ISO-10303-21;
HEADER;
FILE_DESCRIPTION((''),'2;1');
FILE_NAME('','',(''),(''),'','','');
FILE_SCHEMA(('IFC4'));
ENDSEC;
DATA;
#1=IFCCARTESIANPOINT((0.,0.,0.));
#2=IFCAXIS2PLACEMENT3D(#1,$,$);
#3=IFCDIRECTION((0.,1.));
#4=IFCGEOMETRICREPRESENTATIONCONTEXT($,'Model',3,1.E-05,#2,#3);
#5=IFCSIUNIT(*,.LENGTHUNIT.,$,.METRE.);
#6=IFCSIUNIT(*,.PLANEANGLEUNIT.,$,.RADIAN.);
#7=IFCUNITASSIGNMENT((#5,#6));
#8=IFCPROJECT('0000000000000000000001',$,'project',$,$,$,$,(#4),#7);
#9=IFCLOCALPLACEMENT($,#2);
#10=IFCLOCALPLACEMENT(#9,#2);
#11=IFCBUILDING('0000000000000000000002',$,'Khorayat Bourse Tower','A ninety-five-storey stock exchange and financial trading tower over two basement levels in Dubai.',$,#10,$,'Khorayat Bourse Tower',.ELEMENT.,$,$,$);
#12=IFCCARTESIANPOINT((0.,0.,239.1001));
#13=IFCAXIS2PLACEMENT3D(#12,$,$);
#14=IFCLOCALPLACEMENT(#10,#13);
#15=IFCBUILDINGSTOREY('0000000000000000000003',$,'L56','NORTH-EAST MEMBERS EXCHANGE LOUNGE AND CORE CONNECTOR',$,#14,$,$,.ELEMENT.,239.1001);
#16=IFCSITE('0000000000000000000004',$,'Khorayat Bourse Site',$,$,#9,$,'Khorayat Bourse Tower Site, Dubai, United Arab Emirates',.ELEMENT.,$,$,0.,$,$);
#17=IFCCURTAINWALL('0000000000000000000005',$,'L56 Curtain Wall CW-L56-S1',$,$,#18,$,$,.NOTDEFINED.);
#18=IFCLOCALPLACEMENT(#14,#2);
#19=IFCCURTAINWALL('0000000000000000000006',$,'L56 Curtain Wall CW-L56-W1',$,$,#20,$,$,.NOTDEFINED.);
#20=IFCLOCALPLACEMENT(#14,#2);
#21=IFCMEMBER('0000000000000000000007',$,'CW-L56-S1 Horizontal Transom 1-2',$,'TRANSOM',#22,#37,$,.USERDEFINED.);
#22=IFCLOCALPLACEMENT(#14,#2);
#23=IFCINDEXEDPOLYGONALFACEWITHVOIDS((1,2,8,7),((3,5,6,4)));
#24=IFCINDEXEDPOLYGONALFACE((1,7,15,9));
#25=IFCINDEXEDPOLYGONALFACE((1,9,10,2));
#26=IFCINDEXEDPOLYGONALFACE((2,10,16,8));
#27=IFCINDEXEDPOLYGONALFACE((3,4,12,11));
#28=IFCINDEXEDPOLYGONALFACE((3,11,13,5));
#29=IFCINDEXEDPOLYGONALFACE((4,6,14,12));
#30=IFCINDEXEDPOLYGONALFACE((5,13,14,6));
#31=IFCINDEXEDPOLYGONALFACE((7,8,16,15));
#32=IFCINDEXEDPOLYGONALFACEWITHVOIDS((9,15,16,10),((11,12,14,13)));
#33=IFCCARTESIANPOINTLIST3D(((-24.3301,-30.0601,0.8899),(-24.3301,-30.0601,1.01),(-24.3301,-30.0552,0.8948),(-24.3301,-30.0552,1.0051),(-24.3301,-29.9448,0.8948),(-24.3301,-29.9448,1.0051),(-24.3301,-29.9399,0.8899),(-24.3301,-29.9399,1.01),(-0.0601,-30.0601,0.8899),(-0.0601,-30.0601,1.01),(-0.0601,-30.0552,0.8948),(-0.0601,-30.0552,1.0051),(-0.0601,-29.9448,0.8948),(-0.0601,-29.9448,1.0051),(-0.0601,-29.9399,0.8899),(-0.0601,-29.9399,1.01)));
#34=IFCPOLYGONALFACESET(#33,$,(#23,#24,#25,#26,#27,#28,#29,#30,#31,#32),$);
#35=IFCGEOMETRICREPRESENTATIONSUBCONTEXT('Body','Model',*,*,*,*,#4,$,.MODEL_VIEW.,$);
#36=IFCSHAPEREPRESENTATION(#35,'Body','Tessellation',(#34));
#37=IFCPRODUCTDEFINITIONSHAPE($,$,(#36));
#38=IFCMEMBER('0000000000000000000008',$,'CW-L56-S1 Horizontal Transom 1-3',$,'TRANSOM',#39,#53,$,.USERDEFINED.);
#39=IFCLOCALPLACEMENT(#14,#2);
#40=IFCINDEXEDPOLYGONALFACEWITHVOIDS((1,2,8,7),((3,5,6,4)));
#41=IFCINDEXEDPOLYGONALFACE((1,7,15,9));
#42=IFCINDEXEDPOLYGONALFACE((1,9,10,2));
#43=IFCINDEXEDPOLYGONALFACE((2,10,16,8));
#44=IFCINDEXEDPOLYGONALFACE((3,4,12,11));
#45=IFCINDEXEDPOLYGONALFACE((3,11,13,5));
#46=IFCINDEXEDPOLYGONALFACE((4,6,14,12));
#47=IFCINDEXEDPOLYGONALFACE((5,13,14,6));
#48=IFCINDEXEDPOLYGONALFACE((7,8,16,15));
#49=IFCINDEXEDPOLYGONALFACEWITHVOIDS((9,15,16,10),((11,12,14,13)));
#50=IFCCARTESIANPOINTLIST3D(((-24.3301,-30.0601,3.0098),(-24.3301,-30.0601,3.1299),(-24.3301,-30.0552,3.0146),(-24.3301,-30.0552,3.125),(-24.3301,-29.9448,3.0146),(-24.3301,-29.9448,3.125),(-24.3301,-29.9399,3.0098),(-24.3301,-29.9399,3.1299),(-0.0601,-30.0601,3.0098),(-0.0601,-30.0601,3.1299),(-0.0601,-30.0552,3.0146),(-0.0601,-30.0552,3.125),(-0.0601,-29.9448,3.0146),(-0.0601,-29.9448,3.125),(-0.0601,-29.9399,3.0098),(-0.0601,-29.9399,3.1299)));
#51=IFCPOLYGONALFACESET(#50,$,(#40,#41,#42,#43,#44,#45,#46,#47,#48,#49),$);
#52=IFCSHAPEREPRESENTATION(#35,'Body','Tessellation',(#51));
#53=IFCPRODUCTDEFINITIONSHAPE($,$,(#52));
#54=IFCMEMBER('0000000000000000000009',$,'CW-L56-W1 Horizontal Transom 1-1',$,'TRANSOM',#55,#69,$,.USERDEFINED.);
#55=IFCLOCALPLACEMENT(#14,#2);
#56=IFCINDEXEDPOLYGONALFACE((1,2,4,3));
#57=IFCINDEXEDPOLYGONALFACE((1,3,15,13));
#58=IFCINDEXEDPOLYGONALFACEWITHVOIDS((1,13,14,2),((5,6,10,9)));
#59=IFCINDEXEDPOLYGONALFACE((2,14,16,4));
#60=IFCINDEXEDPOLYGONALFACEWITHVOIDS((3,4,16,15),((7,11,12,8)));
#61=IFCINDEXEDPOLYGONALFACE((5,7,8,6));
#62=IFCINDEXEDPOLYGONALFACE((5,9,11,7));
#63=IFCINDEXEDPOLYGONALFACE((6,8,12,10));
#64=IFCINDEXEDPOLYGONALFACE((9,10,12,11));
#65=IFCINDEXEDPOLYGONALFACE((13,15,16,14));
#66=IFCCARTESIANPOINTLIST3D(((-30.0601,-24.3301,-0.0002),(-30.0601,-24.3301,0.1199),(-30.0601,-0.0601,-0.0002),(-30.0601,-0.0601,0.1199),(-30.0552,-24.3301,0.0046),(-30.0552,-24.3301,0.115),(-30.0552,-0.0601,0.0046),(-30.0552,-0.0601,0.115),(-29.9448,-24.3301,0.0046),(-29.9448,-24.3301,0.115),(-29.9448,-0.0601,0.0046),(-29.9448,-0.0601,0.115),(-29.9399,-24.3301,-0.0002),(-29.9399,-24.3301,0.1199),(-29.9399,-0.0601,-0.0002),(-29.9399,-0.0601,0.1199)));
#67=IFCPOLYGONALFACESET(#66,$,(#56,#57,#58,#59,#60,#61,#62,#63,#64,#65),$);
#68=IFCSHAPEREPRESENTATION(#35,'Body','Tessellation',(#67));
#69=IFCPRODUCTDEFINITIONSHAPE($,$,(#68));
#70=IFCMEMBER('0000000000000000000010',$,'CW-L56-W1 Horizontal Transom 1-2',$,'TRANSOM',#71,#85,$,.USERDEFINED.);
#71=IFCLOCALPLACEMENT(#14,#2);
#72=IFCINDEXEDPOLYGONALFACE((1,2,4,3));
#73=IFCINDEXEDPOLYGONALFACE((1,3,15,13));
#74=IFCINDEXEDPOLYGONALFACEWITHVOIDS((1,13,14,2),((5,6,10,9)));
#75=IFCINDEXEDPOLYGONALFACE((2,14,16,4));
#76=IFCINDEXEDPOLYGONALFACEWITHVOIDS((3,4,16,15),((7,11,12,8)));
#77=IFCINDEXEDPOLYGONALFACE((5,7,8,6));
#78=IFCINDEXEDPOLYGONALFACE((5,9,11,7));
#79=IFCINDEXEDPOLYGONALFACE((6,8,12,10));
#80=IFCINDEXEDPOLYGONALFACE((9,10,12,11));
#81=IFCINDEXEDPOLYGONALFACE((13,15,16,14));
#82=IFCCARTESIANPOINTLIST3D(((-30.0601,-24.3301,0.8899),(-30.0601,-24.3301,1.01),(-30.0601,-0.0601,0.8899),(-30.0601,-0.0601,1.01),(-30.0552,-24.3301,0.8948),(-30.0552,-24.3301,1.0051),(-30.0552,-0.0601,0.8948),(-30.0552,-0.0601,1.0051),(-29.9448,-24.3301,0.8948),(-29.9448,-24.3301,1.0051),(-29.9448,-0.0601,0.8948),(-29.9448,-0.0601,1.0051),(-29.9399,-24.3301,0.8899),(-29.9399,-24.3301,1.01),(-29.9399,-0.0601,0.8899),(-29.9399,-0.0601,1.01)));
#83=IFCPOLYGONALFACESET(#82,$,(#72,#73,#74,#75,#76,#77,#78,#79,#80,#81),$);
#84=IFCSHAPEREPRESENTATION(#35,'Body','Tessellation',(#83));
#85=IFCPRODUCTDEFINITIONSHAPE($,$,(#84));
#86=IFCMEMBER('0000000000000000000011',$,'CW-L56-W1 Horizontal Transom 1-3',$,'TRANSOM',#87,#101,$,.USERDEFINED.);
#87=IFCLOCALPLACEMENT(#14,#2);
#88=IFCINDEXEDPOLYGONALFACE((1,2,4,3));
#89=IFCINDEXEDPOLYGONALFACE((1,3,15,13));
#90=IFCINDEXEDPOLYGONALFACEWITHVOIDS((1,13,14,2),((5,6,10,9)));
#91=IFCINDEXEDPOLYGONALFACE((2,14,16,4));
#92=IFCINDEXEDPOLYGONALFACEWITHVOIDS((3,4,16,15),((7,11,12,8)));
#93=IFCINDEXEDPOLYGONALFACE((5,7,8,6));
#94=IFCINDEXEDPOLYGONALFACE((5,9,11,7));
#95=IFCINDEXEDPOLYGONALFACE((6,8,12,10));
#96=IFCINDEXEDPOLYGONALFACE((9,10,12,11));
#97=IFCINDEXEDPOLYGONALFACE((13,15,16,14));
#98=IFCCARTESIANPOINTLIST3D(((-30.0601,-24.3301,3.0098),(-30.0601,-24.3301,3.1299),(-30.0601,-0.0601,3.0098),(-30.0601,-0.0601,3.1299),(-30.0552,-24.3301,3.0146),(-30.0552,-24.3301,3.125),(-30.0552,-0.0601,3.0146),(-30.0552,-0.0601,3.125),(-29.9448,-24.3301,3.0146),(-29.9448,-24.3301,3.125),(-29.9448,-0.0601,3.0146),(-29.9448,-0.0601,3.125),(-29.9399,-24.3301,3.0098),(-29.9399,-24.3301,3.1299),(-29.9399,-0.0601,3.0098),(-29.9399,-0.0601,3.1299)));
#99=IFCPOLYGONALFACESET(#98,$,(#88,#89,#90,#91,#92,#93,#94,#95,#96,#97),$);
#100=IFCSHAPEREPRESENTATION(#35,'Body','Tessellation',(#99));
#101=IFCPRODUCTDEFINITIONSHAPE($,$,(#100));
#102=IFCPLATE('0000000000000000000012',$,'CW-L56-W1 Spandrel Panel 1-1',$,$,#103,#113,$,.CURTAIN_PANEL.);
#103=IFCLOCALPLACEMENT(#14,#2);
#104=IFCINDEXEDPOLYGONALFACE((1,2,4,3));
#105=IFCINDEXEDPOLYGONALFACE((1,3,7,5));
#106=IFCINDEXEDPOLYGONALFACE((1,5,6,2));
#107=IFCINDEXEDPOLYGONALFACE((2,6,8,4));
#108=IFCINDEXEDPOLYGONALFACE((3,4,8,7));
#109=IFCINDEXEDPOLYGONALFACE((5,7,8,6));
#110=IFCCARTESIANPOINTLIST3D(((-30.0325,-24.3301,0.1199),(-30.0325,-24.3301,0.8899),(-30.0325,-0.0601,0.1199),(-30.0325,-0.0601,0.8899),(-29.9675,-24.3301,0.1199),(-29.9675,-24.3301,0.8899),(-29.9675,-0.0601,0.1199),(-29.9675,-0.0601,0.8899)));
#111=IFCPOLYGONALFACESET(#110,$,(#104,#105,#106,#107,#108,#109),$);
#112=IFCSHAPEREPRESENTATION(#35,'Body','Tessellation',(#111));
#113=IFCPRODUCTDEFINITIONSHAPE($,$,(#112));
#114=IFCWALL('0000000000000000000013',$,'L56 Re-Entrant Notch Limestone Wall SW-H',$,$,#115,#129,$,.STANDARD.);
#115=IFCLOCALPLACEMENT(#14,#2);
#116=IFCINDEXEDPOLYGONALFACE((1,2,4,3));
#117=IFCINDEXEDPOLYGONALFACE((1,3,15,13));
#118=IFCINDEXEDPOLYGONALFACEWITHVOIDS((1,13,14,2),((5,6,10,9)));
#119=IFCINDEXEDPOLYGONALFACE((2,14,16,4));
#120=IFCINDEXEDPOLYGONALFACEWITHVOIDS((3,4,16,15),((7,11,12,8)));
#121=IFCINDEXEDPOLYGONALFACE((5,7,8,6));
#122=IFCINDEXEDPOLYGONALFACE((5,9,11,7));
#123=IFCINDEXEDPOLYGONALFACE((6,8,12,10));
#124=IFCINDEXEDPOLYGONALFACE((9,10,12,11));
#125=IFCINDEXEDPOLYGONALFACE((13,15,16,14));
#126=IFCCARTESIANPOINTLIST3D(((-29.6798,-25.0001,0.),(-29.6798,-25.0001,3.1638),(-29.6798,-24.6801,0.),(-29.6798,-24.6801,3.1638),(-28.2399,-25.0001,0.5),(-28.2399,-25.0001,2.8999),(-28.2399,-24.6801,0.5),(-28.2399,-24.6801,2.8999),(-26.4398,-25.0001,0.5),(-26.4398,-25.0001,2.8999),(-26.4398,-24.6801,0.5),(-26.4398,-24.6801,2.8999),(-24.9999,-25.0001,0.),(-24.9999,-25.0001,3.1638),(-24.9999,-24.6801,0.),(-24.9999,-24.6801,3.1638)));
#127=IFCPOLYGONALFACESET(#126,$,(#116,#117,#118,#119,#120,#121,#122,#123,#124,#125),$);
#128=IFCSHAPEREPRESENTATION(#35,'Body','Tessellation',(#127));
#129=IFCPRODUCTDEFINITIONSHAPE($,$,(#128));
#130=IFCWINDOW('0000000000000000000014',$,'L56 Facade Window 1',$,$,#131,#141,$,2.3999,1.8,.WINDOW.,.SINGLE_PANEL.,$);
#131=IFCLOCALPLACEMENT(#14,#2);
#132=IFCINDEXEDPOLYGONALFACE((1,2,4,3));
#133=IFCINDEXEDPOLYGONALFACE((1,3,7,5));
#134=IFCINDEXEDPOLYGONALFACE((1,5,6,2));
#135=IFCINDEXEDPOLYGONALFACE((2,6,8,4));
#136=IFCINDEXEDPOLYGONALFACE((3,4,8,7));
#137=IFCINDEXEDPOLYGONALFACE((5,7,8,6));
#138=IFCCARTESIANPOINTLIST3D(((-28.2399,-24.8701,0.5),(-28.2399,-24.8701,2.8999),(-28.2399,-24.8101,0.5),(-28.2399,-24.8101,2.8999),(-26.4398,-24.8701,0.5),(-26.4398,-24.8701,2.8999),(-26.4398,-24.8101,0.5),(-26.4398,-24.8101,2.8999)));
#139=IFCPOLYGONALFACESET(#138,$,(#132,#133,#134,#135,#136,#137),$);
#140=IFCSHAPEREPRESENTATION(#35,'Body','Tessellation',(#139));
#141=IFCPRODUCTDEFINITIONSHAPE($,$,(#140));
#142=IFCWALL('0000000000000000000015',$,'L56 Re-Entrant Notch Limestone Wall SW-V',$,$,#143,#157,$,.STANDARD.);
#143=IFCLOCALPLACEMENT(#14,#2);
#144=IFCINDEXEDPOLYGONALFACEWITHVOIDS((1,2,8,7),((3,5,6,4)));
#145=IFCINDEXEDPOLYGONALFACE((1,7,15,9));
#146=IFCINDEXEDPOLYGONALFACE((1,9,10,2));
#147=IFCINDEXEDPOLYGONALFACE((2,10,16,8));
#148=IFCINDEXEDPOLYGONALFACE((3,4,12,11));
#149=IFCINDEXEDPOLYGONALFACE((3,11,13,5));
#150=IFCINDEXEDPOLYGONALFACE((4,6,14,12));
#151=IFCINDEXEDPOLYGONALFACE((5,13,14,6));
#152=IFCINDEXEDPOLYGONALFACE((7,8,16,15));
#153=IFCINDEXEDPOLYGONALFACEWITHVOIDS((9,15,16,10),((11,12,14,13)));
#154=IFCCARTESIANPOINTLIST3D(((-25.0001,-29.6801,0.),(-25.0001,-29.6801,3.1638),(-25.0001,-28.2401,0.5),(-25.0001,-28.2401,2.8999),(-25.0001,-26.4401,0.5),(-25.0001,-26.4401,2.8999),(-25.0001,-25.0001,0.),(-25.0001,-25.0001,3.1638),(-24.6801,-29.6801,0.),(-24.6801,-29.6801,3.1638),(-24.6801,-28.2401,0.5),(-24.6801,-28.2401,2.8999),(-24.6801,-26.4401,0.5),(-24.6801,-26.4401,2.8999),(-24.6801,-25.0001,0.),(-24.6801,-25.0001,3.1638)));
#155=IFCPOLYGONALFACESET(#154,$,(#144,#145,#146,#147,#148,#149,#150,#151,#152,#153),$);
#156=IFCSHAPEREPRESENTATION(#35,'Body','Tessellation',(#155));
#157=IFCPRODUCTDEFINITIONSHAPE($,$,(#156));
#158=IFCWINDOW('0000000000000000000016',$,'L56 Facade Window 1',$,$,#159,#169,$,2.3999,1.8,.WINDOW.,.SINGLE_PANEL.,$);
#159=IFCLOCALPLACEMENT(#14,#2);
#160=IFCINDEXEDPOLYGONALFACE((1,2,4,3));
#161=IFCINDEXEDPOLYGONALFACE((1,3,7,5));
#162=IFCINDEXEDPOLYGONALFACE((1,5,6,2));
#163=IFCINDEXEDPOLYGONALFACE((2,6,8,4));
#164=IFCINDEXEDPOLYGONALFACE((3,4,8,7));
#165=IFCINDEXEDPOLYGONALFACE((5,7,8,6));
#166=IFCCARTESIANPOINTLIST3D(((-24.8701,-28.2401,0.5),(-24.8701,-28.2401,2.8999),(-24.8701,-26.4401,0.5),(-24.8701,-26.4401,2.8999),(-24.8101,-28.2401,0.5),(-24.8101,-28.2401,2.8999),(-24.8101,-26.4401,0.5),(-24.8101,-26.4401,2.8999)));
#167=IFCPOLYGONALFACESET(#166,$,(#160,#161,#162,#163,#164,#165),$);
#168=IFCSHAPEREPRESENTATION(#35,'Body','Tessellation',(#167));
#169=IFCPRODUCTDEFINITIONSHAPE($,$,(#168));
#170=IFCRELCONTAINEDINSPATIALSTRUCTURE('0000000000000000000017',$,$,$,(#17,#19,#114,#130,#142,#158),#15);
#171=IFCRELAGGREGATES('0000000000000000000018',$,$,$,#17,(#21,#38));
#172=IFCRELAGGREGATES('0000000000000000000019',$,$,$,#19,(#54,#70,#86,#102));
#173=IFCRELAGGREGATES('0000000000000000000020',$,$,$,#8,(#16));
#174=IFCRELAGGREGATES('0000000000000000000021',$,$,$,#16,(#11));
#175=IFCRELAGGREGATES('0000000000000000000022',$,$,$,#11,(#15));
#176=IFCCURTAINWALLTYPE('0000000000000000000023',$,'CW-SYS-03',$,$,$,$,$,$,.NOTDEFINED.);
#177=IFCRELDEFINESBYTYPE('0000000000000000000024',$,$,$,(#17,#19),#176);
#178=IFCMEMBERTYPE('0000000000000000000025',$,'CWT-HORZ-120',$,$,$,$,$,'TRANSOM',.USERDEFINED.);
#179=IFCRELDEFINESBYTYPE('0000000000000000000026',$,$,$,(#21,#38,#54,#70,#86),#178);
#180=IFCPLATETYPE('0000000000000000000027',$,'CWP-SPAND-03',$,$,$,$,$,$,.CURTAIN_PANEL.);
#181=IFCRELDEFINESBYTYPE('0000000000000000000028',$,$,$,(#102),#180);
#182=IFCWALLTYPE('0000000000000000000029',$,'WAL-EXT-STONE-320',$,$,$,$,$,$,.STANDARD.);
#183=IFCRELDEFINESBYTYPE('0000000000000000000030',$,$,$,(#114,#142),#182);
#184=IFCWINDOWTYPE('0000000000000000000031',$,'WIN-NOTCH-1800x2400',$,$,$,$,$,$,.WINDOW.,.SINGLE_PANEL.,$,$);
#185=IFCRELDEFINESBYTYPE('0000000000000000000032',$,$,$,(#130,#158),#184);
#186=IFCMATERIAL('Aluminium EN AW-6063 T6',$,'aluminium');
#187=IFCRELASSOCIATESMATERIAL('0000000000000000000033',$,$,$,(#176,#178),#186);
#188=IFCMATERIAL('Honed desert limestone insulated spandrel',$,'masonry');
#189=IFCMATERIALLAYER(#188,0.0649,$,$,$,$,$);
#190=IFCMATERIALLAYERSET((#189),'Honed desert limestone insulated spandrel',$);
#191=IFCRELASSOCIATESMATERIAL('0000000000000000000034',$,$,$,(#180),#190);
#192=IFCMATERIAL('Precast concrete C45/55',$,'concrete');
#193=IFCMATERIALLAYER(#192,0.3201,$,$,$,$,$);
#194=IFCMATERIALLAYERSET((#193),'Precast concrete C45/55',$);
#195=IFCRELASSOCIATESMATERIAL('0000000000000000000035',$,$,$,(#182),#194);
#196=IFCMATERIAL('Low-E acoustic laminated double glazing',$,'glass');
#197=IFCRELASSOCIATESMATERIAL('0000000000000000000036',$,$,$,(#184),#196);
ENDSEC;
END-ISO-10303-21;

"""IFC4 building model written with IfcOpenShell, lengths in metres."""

from ifc_helpers import new_model, si_unit, direction, frame, frame_2d, origin, origin_2d, place, context, subcontext, project, spatial, rectangle, hollow_rectangle, extrude, source, transform, mapped, material, layer, layer_set, material_profile, profile_set, type_object, element, fill, aggregate, save


model = new_model("IFC4")

# Units and contexts
model_context = context("Model", 3, precision=1e-05, world=origin(), true_north=direction((0.0, 1.0)))
body_context = subcontext(model_context, "Body", "Model", "MODEL_VIEW")
ifc_project = project(units=[si_unit("LENGTHUNIT", "METRE"), si_unit("PLANEANGLEUNIT", "RADIAN")], contexts=[model_context])

# Site, building, storey
site_placement = place(None, origin())
site = spatial("IfcSite", under=ifc_project, at=site_placement, Name="Khorayat Bourse Site", LongName="Khorayat Bourse Tower Site, Dubai, United Arab Emirates", CompositionType="ELEMENT", RefElevation=0.0)
building_placement = place(site_placement, origin())
building = spatial("IfcBuilding", under=site, at=building_placement, Name="Khorayat Bourse Tower", Description="A ninety-five-storey stock exchange and financial trading tower over two basement levels in Dubai.", LongName="Khorayat Bourse Tower", CompositionType="ELEMENT")
storey_placement = place(building_placement, frame((0.0, 0.0, 239.1001)))
storey = spatial("IfcBuildingStorey", under=building, at=storey_placement, Name="L56", Description="NORTH-EAST MEMBERS EXCHANGE LOUNGE AND CORE CONNECTOR", CompositionType="ELEMENT", Elevation=239.1001)

# Curtain wall
ifc_material_1 = material(Name="Aluminium EN AW-6063 T6", Category="aluminium")
curtain_wall_type = type_object("IfcCurtainWallType", Name="CW-SYS-03", PredefinedType="NOTDEFINED", material=ifc_material_1)
curtain_wall_1_placement = place(storey_placement, origin())
curtain_wall_1 = element("IfcCurtainWall", 1, at=curtain_wall_1_placement, inside=storey, type_object=curtain_wall_type, Name="L56 Curtain Wall CW-L56-S1", PredefinedType="NOTDEFINED")

# Curtain wall
curtain_wall_2_placement = place(storey_placement, origin())
curtain_wall_2 = element("IfcCurtainWall", 2, at=curtain_wall_2_placement, inside=storey, type_object=curtain_wall_type, Name="L56 Curtain Wall CW-L56-W1", PredefinedType="NOTDEFINED")

# Members
ifc_material_profile_1 = material_profile(ifc_material_1, hollow_rectangle(XDim=0.1201, YDim=0.1201, WallThickness=0.0049, at=origin_2d()), Name="ALU 120x120x5")
ifc_profile_set_1 = profile_set([ifc_material_profile_1], Name="Aluminium EN AW-6063 T6")
member_type_1 = type_object("IfcMemberType", Name="CWT-HORZ-120", ElementType="TRANSOM", PredefinedType="USERDEFINED", material=ifc_profile_set_1)
shared_shape_1 = source(origin(), body_context, "Body", "SweptSolid", [
    extrude(hollow_rectangle(XDim=0.1201, YDim=0.1201, WallThickness=0.0049, at=origin_2d()), origin(), (0.0, 0.0, 1.0), 24.27),
])
member_1_placement = place(storey_placement, frame((-24.3301, -30.0, 0.95), z_axis=(1.0, 0.0, 0.0), x_axis=(0.0, 1.0, 0.0)))
member_1 = element("IfcMember", 3, at=member_1_placement, type_object=member_type_1, Name="CW-L56-S1 Horizontal Transom 1-2", ObjectType="TRANSOM", PredefinedType="USERDEFINED", context=body_context, shape_type="MappedRepresentation", body=[
    mapped(shared_shape_1, transform((0.0, 0.0, 0.0), scale=1.0)),
])
member_2_placement = place(storey_placement, frame((-24.3301, -30.0, 3.0698), z_axis=(1.0, 0.0, 0.0), x_axis=(0.0, 1.0, 0.0)))
member_2 = element("IfcMember", 4, at=member_2_placement, type_object=member_type_1, Name="CW-L56-S1 Horizontal Transom 1-3", ObjectType="TRANSOM", PredefinedType="USERDEFINED", context=body_context, shape_type="MappedRepresentation", body=[
    mapped(shared_shape_1, transform((0.0, 0.0, 0.0), scale=1.0)),
])
aggregate(curtain_wall_1, [member_1, member_2])
member_3_placement = place(storey_placement, frame((-30.0, -24.3301, 0.0598), z_axis=(0.0, 1.0, 0.0), x_axis=(-1.0, 0.0, 0.0)))
member_3 = element("IfcMember", 5, at=member_3_placement, type_object=member_type_1, Name="CW-L56-W1 Horizontal Transom 1-1", ObjectType="TRANSOM", PredefinedType="USERDEFINED", context=body_context, shape_type="MappedRepresentation", body=[
    mapped(shared_shape_1, transform((0.0, 0.0, 0.0), scale=1.0)),
])
member_4_placement = place(storey_placement, frame((-30.0, -24.3301, 0.95), z_axis=(0.0, 1.0, 0.0), x_axis=(-1.0, 0.0, 0.0)))
member_4 = element("IfcMember", 6, at=member_4_placement, type_object=member_type_1, Name="CW-L56-W1 Horizontal Transom 1-2", ObjectType="TRANSOM", PredefinedType="USERDEFINED", context=body_context, shape_type="MappedRepresentation", body=[
    mapped(shared_shape_1, transform((0.0, 0.0, 0.0), scale=1.0)),
])
member_5_placement = place(storey_placement, frame((-30.0, -24.3301, 3.0698), z_axis=(0.0, 1.0, 0.0), x_axis=(-1.0, 0.0, 0.0)))
member_5 = element("IfcMember", 7, at=member_5_placement, type_object=member_type_1, Name="CW-L56-W1 Horizontal Transom 1-3", ObjectType="TRANSOM", PredefinedType="USERDEFINED", context=body_context, shape_type="MappedRepresentation", body=[
    mapped(shared_shape_1, transform((0.0, 0.0, 0.0), scale=1.0)),
])

# Plate
ifc_material_2 = material(Name="Honed desert limestone insulated spandrel", Category="masonry")
ifc_layer_1 = layer(ifc_material_2, 0.0649)
ifc_layer_set_1 = layer_set([ifc_layer_1], Name="Honed desert limestone insulated spandrel")
plate_type = type_object("IfcPlateType", Name="CWP-SPAND-03", PredefinedType="CURTAIN_PANEL", material=ifc_layer_set_1)
shared_shape_2 = source(origin(), body_context, "Body", "SweptSolid", [
    extrude(rectangle(XDim=24.27, YDim=0.0649, at=origin_2d()), origin(), (0.0, 0.0, 1.0), 0.77),
])
plate_placement = place(storey_placement, frame((-30.0, -12.1951, 0.1199), z_axis=(0.0, 0.0, 1.0), x_axis=(0.0, 1.0, 0.0)))
plate = element("IfcPlate", 8, at=plate_placement, type_object=plate_type, Name="CW-L56-W1 Spandrel Panel 1-1", PredefinedType="CURTAIN_PANEL", context=body_context, shape_type="MappedRepresentation", body=[
    mapped(shared_shape_2, transform((0.0, 0.0, 0.0), scale=1.0)),
])
aggregate(curtain_wall_2, [member_3, member_4, member_5, plate])

# Walls, openings, windows
ifc_material_3 = material(Name="Precast concrete C45/55", Category="concrete")
ifc_layer_2 = layer(ifc_material_3, 0.3201)
ifc_layer_set_2 = layer_set([ifc_layer_2], Name="Precast concrete C45/55")
wall_type_1 = type_object("IfcWallType", Name="WAL-EXT-STONE-320", PredefinedType="STANDARD", material=ifc_layer_set_2)
shared_shape_3 = source(origin(), body_context, "Body", "SweptSolid", [
    extrude(rectangle(XDim=4.6799, YDim=0.3201, at=frame_2d((2.3398, 0.0))), origin(), (0.0, 0.0, 1.0), 3.1638),
])
wall_1_placement = place(storey_placement, frame((-25.0, -24.8401, 0.0), z_axis=(0.0, 0.0, 1.0), x_axis=(-1.0, 0.0, 0.0)))
wall_1 = element("IfcWall", 9, at=wall_1_placement, inside=storey, type_object=wall_type_1, Name="L56 Re-Entrant Notch Limestone Wall SW-H", PredefinedType="STANDARD", context=body_context, shape_type="MappedRepresentation", body=[
    mapped(shared_shape_3, transform((0.0, 0.0, 0.0), scale=1.0)),
])
shared_shape_4 = source(origin(), body_context, "Body", "SweptSolid", [
    extrude(rectangle(XDim=1.8, YDim=2.3999, at=frame_2d((0.8999, 1.2))), frame((0.0, 0.1699, 0.0), z_axis=(0.0, -1.0, 0.0), x_axis=(1.0, 0.0, 0.0)), (0.0, 0.0, 1.0), 0.3401),
])
opening_1_placement = place(wall_1_placement, frame((1.4399, 0.0, 0.5)))
opening_1 = element("IfcOpeningElement", 10, at=opening_1_placement, cuts=wall_1, PredefinedType="OPENING", context=body_context, shape_type="MappedRepresentation", body=[
    mapped(shared_shape_4, transform((0.0, 0.0, 0.0), scale=1.0)),
])
ifc_material_4 = material(Name="Low-E acoustic laminated double glazing", Category="glass")
window_type = type_object("IfcWindowType", Name="WIN-NOTCH-1800x2400", PartitioningType="SINGLE_PANEL", PredefinedType="WINDOW", material=ifc_material_4)
shared_shape_5 = source(origin(), body_context, "Body", "SweptSolid", [
    extrude(rectangle(XDim=1.8, YDim=2.3999, at=frame_2d((0.8999, 1.2))), frame((0.0, 0.03, 0.0), z_axis=(0.0, -1.0, 0.0), x_axis=(1.0, 0.0, 0.0)), (0.0, 0.0, 1.0), 0.0601),
])
window_1_placement = place(opening_1_placement, origin())
window_1 = element("IfcWindow", 11, at=window_1_placement, inside=storey, type_object=window_type, Name="L56 Facade Window 1", OverallHeight=2.3999, OverallWidth=1.8, PartitioningType="SINGLE_PANEL", PredefinedType="WINDOW", context=body_context, shape_type="MappedRepresentation", body=[
    mapped(shared_shape_5, transform((0.0, 0.0, 0.0), scale=1.0)),
])
fill(opening_1, window_1)
wall_2_placement = place(storey_placement, frame((-24.8401, -29.6799, 0.0), z_axis=(0.0, 0.0, 1.0), x_axis=(0.0, 1.0, 0.0)))
wall_2 = element("IfcWall", 12, at=wall_2_placement, inside=storey, type_object=wall_type_1, Name="L56 Re-Entrant Notch Limestone Wall SW-V", PredefinedType="STANDARD", context=body_context, shape_type="MappedRepresentation", body=[
    mapped(shared_shape_3, transform((0.0, 0.0, 0.0), scale=1.0)),
])
opening_2_placement = place(wall_2_placement, frame((1.4399, 0.0, 0.5)))
opening_2 = element("IfcOpeningElement", 13, at=opening_2_placement, cuts=wall_2, PredefinedType="OPENING", context=body_context, shape_type="MappedRepresentation", body=[
    mapped(shared_shape_4, transform((0.0, 0.0, 0.0), scale=1.0)),
])
window_2_placement = place(opening_2_placement, origin())
window_2 = element("IfcWindow", 14, at=window_2_placement, inside=storey, type_object=window_type, Name="L56 Facade Window 1", OverallHeight=2.3999, OverallWidth=1.8, PartitioningType="SINGLE_PANEL", PredefinedType="WINDOW", context=body_context, shape_type="MappedRepresentation", body=[
    mapped(shared_shape_5, transform((0.0, 0.0, 0.0), scale=1.0)),
])
fill(opening_2, window_2)

save(model, "model.ifc")
